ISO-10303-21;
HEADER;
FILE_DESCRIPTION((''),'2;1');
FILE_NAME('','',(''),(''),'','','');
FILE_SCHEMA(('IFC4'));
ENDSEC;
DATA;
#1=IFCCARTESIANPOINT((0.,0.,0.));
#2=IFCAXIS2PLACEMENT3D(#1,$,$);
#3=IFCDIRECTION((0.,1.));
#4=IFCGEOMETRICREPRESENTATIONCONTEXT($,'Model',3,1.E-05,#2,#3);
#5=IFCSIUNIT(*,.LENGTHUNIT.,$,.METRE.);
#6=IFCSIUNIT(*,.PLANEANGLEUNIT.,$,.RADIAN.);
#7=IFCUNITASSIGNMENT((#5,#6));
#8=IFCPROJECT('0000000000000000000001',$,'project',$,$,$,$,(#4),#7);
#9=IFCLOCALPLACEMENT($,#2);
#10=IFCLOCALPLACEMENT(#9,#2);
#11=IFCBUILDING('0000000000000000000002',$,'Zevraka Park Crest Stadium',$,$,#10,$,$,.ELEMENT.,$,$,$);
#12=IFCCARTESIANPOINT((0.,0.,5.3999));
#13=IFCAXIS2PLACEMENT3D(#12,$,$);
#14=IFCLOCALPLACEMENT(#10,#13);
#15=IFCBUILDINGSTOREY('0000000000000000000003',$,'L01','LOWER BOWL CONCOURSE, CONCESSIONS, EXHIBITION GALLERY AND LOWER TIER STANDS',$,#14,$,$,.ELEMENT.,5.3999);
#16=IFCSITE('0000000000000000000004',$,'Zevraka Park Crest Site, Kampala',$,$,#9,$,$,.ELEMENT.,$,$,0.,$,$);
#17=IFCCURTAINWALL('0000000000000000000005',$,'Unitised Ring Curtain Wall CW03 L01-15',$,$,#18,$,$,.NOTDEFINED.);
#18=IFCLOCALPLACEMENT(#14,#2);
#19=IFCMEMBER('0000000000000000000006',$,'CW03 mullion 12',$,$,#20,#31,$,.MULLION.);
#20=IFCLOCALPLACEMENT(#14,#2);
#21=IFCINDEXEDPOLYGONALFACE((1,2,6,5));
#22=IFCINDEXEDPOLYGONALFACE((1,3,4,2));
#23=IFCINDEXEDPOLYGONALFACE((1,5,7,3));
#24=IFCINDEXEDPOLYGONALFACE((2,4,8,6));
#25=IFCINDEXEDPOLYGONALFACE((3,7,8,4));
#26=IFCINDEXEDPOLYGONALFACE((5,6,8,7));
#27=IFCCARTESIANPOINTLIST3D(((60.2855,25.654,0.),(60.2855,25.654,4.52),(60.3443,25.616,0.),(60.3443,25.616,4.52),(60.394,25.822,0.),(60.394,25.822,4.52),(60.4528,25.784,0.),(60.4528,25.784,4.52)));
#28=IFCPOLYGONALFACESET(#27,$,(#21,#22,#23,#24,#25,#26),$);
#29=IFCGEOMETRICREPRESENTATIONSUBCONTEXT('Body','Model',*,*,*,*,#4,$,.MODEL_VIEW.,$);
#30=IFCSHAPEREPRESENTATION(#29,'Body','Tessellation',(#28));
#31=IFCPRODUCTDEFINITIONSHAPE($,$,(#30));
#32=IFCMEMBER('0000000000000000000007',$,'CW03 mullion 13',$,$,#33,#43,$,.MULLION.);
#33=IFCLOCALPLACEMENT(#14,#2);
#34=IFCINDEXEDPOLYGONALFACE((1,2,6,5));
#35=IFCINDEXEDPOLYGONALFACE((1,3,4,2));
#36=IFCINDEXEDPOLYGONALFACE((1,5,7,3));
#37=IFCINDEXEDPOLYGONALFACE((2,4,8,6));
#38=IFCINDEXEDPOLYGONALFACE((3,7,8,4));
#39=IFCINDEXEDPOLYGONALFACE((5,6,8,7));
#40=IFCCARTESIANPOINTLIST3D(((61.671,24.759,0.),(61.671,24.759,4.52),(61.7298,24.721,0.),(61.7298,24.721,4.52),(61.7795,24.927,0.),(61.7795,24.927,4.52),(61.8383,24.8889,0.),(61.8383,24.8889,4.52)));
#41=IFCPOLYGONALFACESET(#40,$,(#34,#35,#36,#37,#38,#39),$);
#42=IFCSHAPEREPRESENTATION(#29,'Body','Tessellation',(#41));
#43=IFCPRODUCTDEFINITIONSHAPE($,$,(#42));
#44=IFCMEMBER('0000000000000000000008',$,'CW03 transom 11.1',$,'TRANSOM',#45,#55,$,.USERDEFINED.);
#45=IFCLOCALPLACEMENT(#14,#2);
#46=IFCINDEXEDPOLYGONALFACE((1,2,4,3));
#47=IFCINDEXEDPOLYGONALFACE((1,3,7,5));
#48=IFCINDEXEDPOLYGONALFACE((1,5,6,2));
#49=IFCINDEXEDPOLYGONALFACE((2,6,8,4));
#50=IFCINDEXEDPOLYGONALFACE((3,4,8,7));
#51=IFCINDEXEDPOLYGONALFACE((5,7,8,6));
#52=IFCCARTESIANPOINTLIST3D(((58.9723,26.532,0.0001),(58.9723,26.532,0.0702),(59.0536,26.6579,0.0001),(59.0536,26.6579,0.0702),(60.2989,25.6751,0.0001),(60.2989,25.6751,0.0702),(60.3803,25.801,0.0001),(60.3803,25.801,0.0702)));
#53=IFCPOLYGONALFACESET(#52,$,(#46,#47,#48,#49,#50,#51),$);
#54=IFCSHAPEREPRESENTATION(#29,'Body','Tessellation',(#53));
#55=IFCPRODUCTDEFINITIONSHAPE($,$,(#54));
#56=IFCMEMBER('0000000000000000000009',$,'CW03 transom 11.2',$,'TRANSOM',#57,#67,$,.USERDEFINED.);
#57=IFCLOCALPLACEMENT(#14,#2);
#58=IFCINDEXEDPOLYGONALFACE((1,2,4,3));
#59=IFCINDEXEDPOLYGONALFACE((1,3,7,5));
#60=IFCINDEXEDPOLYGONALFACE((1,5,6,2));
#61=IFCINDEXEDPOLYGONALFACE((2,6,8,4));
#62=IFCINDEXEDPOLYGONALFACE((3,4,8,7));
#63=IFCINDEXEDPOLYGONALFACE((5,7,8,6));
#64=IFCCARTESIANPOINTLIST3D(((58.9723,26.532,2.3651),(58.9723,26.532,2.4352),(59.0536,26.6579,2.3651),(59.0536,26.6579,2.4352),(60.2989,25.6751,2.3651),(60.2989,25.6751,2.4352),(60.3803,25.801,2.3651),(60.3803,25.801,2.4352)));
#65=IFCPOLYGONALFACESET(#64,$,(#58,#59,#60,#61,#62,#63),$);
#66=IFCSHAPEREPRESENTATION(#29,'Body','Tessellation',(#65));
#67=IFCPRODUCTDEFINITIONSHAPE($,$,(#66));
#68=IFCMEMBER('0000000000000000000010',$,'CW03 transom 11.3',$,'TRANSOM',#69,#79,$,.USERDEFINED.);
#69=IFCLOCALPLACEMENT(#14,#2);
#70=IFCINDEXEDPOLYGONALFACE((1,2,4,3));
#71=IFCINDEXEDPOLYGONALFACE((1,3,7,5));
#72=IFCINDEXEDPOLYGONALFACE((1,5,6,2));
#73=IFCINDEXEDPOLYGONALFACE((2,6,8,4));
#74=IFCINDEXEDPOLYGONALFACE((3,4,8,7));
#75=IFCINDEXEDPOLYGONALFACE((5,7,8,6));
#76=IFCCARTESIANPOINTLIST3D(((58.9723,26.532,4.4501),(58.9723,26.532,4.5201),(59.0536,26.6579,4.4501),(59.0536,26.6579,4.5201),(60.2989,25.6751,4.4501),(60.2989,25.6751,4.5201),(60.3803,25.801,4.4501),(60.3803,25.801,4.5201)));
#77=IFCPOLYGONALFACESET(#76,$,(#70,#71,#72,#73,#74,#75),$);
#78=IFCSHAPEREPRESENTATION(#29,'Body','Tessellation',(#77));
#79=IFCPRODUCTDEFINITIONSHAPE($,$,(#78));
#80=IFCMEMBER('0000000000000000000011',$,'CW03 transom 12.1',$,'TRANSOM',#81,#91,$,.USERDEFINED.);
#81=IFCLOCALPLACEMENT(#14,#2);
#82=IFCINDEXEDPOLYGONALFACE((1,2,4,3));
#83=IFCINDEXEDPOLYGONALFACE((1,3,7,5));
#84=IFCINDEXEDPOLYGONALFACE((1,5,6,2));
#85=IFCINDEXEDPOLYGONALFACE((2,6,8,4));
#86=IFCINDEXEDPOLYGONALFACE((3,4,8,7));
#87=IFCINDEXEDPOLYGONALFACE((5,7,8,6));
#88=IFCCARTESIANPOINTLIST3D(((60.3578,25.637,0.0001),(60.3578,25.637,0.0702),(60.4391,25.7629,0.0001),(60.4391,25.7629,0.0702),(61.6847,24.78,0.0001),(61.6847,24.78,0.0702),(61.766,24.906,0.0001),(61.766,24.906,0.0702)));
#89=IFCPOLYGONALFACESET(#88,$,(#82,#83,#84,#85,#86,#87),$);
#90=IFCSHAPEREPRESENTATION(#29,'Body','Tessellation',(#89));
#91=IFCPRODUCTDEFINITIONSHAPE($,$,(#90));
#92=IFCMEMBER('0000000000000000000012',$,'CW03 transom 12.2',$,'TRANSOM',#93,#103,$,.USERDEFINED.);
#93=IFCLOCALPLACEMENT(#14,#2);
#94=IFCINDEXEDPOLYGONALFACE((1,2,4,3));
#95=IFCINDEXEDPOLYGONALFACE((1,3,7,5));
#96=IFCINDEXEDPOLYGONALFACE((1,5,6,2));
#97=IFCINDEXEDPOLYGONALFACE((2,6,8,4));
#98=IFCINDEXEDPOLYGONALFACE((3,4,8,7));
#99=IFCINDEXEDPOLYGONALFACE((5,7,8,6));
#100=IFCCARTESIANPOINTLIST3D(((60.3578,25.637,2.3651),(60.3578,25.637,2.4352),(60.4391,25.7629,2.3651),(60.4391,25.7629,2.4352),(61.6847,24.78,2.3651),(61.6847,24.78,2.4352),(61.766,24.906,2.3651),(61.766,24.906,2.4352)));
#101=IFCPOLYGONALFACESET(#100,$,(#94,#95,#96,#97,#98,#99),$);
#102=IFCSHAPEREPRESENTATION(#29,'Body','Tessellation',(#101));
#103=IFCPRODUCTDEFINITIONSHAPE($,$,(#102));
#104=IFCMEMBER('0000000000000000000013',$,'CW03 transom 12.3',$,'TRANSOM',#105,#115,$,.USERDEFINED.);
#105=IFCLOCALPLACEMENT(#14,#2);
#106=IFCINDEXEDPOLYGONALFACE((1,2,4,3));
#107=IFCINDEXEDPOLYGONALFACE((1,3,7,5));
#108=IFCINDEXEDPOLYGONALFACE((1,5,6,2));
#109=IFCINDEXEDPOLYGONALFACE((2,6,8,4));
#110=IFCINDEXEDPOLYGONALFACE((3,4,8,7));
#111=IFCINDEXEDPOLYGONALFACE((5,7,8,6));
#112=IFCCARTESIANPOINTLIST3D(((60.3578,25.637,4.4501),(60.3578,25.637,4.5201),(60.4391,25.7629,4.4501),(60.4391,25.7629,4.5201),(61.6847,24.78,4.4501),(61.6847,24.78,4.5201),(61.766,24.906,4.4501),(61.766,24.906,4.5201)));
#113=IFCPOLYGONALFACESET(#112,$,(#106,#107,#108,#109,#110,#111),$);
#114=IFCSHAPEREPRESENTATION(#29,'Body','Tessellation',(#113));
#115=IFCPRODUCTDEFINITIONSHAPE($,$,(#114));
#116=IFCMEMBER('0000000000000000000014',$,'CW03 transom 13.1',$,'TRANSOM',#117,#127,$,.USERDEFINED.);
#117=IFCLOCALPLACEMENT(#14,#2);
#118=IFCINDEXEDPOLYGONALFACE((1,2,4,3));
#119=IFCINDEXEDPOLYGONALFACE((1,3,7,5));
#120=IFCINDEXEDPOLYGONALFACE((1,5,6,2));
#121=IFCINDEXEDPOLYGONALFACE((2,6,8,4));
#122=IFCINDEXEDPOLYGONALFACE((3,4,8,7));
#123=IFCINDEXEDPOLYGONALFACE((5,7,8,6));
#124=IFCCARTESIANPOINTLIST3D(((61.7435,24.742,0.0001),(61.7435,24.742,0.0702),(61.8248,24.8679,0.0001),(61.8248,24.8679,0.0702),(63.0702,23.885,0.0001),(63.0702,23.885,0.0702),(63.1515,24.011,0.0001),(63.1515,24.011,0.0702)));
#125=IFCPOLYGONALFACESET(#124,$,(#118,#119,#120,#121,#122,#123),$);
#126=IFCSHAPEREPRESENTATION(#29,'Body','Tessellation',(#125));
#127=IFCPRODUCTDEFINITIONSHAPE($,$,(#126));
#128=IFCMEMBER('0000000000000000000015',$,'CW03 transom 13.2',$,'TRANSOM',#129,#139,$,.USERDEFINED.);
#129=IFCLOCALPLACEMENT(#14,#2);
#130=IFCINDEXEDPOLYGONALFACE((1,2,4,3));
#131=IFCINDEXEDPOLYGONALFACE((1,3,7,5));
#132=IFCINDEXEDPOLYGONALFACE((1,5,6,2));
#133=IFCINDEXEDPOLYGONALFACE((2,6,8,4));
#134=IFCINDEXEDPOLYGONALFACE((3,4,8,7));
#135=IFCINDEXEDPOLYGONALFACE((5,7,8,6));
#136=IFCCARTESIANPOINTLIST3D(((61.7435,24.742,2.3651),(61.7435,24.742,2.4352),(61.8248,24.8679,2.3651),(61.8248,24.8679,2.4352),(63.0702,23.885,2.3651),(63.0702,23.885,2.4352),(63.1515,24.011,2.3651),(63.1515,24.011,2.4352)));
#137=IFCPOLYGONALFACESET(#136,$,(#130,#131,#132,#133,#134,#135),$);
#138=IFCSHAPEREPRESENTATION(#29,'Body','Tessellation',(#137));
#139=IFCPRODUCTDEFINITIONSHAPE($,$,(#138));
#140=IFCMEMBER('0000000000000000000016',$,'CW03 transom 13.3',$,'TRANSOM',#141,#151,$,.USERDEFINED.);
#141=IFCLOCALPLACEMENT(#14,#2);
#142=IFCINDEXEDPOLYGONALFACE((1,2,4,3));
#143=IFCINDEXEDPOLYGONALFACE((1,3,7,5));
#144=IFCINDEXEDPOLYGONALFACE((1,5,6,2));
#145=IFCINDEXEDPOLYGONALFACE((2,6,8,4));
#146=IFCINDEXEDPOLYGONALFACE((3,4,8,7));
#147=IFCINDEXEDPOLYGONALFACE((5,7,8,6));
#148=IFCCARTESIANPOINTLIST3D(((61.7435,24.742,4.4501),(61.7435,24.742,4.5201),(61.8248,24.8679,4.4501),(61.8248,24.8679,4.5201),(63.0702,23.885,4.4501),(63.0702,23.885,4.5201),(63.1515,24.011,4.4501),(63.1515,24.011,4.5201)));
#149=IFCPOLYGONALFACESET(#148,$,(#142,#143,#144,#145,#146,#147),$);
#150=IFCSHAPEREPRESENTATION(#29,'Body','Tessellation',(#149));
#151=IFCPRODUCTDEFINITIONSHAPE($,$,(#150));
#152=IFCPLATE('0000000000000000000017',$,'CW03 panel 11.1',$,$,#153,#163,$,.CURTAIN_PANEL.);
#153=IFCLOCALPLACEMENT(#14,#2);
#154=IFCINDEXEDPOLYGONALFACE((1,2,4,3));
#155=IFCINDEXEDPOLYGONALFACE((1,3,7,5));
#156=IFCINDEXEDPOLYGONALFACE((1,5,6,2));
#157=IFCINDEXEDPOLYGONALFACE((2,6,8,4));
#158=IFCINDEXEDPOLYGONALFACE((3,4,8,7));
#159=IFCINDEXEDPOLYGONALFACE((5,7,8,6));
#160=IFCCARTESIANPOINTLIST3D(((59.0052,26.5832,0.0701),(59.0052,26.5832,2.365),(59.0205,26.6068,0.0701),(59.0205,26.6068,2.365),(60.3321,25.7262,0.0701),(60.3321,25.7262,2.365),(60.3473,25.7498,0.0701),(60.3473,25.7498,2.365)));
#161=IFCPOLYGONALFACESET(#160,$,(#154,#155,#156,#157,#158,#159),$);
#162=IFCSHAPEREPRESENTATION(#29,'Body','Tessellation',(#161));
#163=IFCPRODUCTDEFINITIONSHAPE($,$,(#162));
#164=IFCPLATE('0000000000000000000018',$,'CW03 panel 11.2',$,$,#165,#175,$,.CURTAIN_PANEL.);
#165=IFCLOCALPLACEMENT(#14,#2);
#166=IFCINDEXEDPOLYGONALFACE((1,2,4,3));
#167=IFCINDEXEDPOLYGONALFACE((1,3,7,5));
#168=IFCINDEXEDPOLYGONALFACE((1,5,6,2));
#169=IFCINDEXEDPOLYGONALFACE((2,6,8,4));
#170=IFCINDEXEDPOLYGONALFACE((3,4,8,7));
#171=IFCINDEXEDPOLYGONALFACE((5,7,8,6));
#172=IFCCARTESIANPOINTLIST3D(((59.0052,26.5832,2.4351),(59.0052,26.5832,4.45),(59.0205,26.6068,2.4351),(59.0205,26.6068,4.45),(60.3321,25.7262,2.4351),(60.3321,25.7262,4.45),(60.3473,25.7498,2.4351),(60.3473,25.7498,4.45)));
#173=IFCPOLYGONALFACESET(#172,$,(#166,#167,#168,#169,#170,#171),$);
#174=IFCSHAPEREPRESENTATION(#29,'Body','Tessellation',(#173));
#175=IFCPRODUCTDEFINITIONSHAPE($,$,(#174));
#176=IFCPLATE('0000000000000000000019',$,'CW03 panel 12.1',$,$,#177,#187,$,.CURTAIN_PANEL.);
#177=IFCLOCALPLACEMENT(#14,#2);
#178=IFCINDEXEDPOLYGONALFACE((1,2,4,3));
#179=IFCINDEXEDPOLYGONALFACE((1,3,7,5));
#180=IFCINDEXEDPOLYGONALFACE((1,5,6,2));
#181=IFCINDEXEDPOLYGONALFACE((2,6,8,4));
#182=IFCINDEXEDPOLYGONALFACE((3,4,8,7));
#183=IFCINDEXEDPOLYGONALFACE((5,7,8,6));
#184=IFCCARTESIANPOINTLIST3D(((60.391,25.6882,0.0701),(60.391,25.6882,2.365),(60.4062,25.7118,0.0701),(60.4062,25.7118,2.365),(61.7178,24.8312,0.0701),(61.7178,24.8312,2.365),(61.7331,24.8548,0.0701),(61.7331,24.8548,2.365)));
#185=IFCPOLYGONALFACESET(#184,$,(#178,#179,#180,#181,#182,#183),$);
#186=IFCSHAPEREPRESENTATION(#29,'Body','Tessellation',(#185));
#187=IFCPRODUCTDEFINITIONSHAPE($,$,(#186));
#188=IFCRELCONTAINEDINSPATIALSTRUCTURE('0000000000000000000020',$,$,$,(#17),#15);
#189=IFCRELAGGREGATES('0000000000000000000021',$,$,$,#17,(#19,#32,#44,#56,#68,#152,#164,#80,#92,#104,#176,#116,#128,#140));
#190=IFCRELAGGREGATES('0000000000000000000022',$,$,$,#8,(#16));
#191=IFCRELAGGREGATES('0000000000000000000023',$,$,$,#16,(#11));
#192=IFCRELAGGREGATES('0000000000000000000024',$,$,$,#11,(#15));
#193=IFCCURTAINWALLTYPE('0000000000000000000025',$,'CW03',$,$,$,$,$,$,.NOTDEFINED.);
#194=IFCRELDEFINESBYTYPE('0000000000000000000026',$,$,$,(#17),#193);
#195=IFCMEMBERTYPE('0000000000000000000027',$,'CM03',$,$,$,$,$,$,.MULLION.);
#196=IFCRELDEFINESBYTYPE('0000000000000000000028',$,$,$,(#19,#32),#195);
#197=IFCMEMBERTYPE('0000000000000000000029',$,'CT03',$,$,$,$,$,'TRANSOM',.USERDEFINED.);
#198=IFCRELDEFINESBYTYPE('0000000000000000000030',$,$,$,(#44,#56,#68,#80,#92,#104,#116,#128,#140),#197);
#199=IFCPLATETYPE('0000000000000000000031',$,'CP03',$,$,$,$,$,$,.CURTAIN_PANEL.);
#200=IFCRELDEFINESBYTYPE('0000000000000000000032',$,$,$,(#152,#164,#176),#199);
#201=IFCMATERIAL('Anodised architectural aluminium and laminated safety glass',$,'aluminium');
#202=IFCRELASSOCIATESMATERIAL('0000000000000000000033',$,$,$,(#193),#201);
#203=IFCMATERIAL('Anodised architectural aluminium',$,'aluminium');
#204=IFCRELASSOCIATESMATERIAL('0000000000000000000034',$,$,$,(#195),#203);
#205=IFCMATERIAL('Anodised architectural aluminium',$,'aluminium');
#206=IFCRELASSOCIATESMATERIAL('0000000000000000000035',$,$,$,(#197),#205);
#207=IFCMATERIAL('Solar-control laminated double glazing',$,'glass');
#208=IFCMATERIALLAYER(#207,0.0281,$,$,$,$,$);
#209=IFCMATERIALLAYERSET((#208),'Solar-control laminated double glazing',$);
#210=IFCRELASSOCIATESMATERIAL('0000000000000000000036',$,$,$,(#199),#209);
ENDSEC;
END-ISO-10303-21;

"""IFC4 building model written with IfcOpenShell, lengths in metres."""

from ifc_helpers import new_model, si_unit, direction, frame, origin, origin_2d, place, context, subcontext, project, spatial, rectangle, extrude, material, layer, layer_set, material_profile, profile_set, type_object, element, aggregate, save


model = new_model("IFC4")

# Units and contexts
model_context = context("Model", 3, precision=1e-05, world=origin(), true_north=direction((0.0, 1.0)))
body_context = subcontext(model_context, "Body", "Model", "MODEL_VIEW")
ifc_project = project(units=[si_unit("LENGTHUNIT", "METRE"), si_unit("PLANEANGLEUNIT", "RADIAN")], contexts=[model_context])

# Site, building, storey
site_placement = place(None, origin())
site = spatial("IfcSite", under=ifc_project, at=site_placement, Name="Zevraka Park Crest Site, Kampala", CompositionType="ELEMENT", RefElevation=0.0)
building_placement = place(site_placement, origin())
building = spatial("IfcBuilding", under=site, at=building_placement, Name="Zevraka Park Crest Stadium", CompositionType="ELEMENT")
storey_placement = place(building_placement, frame((0.0, 0.0, 5.3999)))
storey = spatial("IfcBuildingStorey", under=building, at=storey_placement, Name="L01", Description="LOWER BOWL CONCOURSE, CONCESSIONS, EXHIBITION GALLERY AND LOWER TIER STANDS", CompositionType="ELEMENT", Elevation=5.3999)

# Curtain wall, members, plates
ifc_material_1 = material(Name="Anodised architectural aluminium and laminated safety glass", Category="aluminium")
curtain_wall_type = type_object("IfcCurtainWallType", Name="CW03", PredefinedType="NOTDEFINED", material=ifc_material_1)
curtain_wall_placement = place(storey_placement, origin())
curtain_wall = element("IfcCurtainWall", 1, at=curtain_wall_placement, inside=storey, type_object=curtain_wall_type, Name="Unitised Ring Curtain Wall CW03 L01-15", PredefinedType="NOTDEFINED")
ifc_material_2 = material(Name="Anodised architectural aluminium", Category="aluminium")
ifc_material_profile_1 = material_profile(ifc_material_2, rectangle(XDim=0.2, YDim=0.0701, at=origin_2d()), Name="ALU MULLION 200x70")
ifc_profile_set_1 = profile_set([ifc_material_profile_1], Name="Anodised architectural aluminium")
member_type_1 = type_object("IfcMemberType", Name="CM03", PredefinedType="MULLION", material=ifc_profile_set_1)
member_1_placement = place(storey_placement, frame((60.3691, 25.719, 0.0), z_axis=(0.0, 0.0, 1.0), x_axis=(0.542571, 0.84001, 0.0)))
member_1 = element("IfcMember", 2, at=member_1_placement, type_object=member_type_1, Name="CW03 mullion 12", PredefinedType="MULLION", context=body_context, shape_type="SweptSolid", body=[
    extrude(rectangle(XDim=0.2, YDim=0.0701, at=origin_2d()), origin(), (0.0, 0.0, 1.0), 4.52),
])
member_2_placement = place(storey_placement, frame((61.7546, 24.824, 0.0), z_axis=(0.0, 0.0, 1.0), x_axis=(0.542571, 0.84001, 0.0)))
member_2 = element("IfcMember", 3, at=member_2_placement, type_object=member_type_1, Name="CW03 mullion 13", PredefinedType="MULLION", context=body_context, shape_type="SweptSolid", body=[
    extrude(rectangle(XDim=0.2, YDim=0.0701, at=origin_2d()), origin(), (0.0, 0.0, 1.0), 4.52),
])
ifc_material_3 = material(Name="Anodised architectural aluminium", Category="aluminium")
ifc_material_profile_2 = material_profile(ifc_material_3, rectangle(XDim=0.1499, YDim=0.0701, at=origin_2d()), Name="ALU TRANSOM 150x70")
ifc_profile_set_2 = profile_set([ifc_material_profile_2], Name="Anodised architectural aluminium")
member_type_2 = type_object("IfcMemberType", Name="CT03", ElementType="TRANSOM", PredefinedType="USERDEFINED", material=ifc_profile_set_2)
member_3_placement = place(storey_placement, frame((59.0129, 26.595, 0.0352), z_axis=(0.840001, -0.542585, 0.0), x_axis=(0.542585, 0.840001, 0.0)))
member_3 = element("IfcMember", 4, at=member_3_placement, type_object=member_type_2, Name="CW03 transom 11.1", ObjectType="TRANSOM", PredefinedType="USERDEFINED", context=body_context, shape_type="SweptSolid", body=[
    extrude(rectangle(XDim=0.1499, YDim=0.0701, at=origin_2d()), origin(), (0.0, 0.0, 1.0), 1.5793),
])
member_4_placement = place(storey_placement, frame((59.0129, 26.595, 2.4001), z_axis=(0.840001, -0.542585, 0.0), x_axis=(0.542585, 0.840001, 0.0)))
member_4 = element("IfcMember", 5, at=member_4_placement, type_object=member_type_2, Name="CW03 transom 11.2", ObjectType="TRANSOM", PredefinedType="USERDEFINED", context=body_context, shape_type="SweptSolid", body=[
    extrude(rectangle(XDim=0.1499, YDim=0.0701, at=origin_2d()), origin(), (0.0, 0.0, 1.0), 1.5793),
])
member_5_placement = place(storey_placement, frame((59.0129, 26.595, 4.4851), z_axis=(0.840001, -0.542585, 0.0), x_axis=(0.542585, 0.840001, 0.0)))
member_5 = element("IfcMember", 6, at=member_5_placement, type_object=member_type_2, Name="CW03 transom 11.3", ObjectType="TRANSOM", PredefinedType="USERDEFINED", context=body_context, shape_type="SweptSolid", body=[
    extrude(rectangle(XDim=0.1499, YDim=0.0701, at=origin_2d()), origin(), (0.0, 0.0, 1.0), 1.5793),
])
member_6_placement = place(storey_placement, frame((60.3984, 25.7, 0.0352), z_axis=(0.840047, -0.542514, 0.0), x_axis=(0.542514, 0.840047, 0.0)))
member_6 = element("IfcMember", 7, at=member_6_placement, type_object=member_type_2, Name="CW03 transom 12.1", ObjectType="TRANSOM", PredefinedType="USERDEFINED", context=body_context, shape_type="SweptSolid", body=[
    extrude(rectangle(XDim=0.1499, YDim=0.0701, at=origin_2d()), origin(), (0.0, 0.0, 1.0), 1.5796),
])
member_7_placement = place(storey_placement, frame((60.3984, 25.7, 2.4001), z_axis=(0.840047, -0.542514, 0.0), x_axis=(0.542514, 0.840047, 0.0)))
member_7 = element("IfcMember", 8, at=member_7_placement, type_object=member_type_2, Name="CW03 transom 12.2", ObjectType="TRANSOM", PredefinedType="USERDEFINED", context=body_context, shape_type="SweptSolid", body=[
    extrude(rectangle(XDim=0.1499, YDim=0.0701, at=origin_2d()), origin(), (0.0, 0.0, 1.0), 1.5796),
])
member_8_placement = place(storey_placement, frame((60.3984, 25.7, 4.4851), z_axis=(0.840047, -0.542514, 0.0), x_axis=(0.542514, 0.840047, 0.0)))
member_8 = element("IfcMember", 9, at=member_8_placement, type_object=member_type_2, Name="CW03 transom 12.3", ObjectType="TRANSOM", PredefinedType="USERDEFINED", context=body_context, shape_type="SweptSolid", body=[
    extrude(rectangle(XDim=0.1499, YDim=0.0701, at=origin_2d()), origin(), (0.0, 0.0, 1.0), 1.5796),
])
member_9_placement = place(storey_placement, frame((61.7842, 24.8049, 0.0352), z_axis=(0.840001, -0.542585, 0.0), x_axis=(0.542585, 0.840001, 0.0)))
member_9 = element("IfcMember", 10, at=member_9_placement, type_object=member_type_2, Name="CW03 transom 13.1", ObjectType="TRANSOM", PredefinedType="USERDEFINED", context=body_context, shape_type="SweptSolid", body=[
    extrude(rectangle(XDim=0.1499, YDim=0.0701, at=origin_2d()), origin(), (0.0, 0.0, 1.0), 1.5793),
])
member_10_placement = place(storey_placement, frame((61.7842, 24.8049, 2.4001), z_axis=(0.840001, -0.542585, 0.0), x_axis=(0.542585, 0.840001, 0.0)))
member_10 = element("IfcMember", 11, at=member_10_placement, type_object=member_type_2, Name="CW03 transom 13.2", ObjectType="TRANSOM", PredefinedType="USERDEFINED", context=body_context, shape_type="SweptSolid", body=[
    extrude(rectangle(XDim=0.1499, YDim=0.0701, at=origin_2d()), origin(), (0.0, 0.0, 1.0), 1.5793),
])
member_11_placement = place(storey_placement, frame((61.7842, 24.8049, 4.4851), z_axis=(0.840001, -0.542585, 0.0), x_axis=(0.542585, 0.840001, 0.0)))
member_11 = element("IfcMember", 12, at=member_11_placement, type_object=member_type_2, Name="CW03 transom 13.3", ObjectType="TRANSOM", PredefinedType="USERDEFINED", context=body_context, shape_type="SweptSolid", body=[
    extrude(rectangle(XDim=0.1499, YDim=0.0701, at=origin_2d()), origin(), (0.0, 0.0, 1.0), 1.5793),
])
ifc_material_4 = material(Name="Solar-control laminated double glazing", Category="glass")
ifc_layer_1 = layer(ifc_material_4, 0.0281)
ifc_layer_set_1 = layer_set([ifc_layer_1], Name="Solar-control laminated double glazing")
plate_type = type_object("IfcPlateType", Name="CP03", PredefinedType="CURTAIN_PANEL", material=ifc_layer_set_1)
plate_1_placement = place(storey_placement, frame((59.6763, 26.1665, 0.0701), z_axis=(0.0, 0.0, 1.0), x_axis=(0.84001, -0.542571, 0.0)))
plate_1 = element("IfcPlate", 13, at=plate_1_placement, type_object=plate_type, Name="CW03 panel 11.1", PredefinedType="CURTAIN_PANEL", context=body_context, shape_type="SweptSolid", body=[
    extrude(rectangle(XDim=1.5796, YDim=0.0281, at=origin_2d()), origin(), (0.0, 0.0, 1.0), 2.2949),
])
plate_2_placement = place(storey_placement, frame((59.6763, 26.1665, 2.4351), z_axis=(0.0, 0.0, 1.0), x_axis=(0.84001, -0.542571, 0.0)))
plate_2 = element("IfcPlate", 14, at=plate_2_placement, type_object=plate_type, Name="CW03 panel 11.2", PredefinedType="CURTAIN_PANEL", context=body_context, shape_type="SweptSolid", body=[
    extrude(rectangle(XDim=1.5796, YDim=0.0281, at=origin_2d()), origin(), (0.0, 0.0, 1.0), 2.0149),
])
plate_3_placement = place(storey_placement, frame((61.062, 25.2715, 0.0701), z_axis=(0.0, 0.0, 1.0), x_axis=(0.84001, -0.542571, 0.0)))
plate_3 = element("IfcPlate", 15, at=plate_3_placement, type_object=plate_type, Name="CW03 panel 12.1", PredefinedType="CURTAIN_PANEL", context=body_context, shape_type="SweptSolid", body=[
    extrude(rectangle(XDim=1.5796, YDim=0.0281, at=origin_2d()), origin(), (0.0, 0.0, 1.0), 2.2949),
])
aggregate(curtain_wall, [member_1, member_2, member_3, member_4, member_5, plate_1, plate_2, member_6, member_7, member_8, plate_3, member_9, member_10, member_11])

save(model, "model.ifc")
